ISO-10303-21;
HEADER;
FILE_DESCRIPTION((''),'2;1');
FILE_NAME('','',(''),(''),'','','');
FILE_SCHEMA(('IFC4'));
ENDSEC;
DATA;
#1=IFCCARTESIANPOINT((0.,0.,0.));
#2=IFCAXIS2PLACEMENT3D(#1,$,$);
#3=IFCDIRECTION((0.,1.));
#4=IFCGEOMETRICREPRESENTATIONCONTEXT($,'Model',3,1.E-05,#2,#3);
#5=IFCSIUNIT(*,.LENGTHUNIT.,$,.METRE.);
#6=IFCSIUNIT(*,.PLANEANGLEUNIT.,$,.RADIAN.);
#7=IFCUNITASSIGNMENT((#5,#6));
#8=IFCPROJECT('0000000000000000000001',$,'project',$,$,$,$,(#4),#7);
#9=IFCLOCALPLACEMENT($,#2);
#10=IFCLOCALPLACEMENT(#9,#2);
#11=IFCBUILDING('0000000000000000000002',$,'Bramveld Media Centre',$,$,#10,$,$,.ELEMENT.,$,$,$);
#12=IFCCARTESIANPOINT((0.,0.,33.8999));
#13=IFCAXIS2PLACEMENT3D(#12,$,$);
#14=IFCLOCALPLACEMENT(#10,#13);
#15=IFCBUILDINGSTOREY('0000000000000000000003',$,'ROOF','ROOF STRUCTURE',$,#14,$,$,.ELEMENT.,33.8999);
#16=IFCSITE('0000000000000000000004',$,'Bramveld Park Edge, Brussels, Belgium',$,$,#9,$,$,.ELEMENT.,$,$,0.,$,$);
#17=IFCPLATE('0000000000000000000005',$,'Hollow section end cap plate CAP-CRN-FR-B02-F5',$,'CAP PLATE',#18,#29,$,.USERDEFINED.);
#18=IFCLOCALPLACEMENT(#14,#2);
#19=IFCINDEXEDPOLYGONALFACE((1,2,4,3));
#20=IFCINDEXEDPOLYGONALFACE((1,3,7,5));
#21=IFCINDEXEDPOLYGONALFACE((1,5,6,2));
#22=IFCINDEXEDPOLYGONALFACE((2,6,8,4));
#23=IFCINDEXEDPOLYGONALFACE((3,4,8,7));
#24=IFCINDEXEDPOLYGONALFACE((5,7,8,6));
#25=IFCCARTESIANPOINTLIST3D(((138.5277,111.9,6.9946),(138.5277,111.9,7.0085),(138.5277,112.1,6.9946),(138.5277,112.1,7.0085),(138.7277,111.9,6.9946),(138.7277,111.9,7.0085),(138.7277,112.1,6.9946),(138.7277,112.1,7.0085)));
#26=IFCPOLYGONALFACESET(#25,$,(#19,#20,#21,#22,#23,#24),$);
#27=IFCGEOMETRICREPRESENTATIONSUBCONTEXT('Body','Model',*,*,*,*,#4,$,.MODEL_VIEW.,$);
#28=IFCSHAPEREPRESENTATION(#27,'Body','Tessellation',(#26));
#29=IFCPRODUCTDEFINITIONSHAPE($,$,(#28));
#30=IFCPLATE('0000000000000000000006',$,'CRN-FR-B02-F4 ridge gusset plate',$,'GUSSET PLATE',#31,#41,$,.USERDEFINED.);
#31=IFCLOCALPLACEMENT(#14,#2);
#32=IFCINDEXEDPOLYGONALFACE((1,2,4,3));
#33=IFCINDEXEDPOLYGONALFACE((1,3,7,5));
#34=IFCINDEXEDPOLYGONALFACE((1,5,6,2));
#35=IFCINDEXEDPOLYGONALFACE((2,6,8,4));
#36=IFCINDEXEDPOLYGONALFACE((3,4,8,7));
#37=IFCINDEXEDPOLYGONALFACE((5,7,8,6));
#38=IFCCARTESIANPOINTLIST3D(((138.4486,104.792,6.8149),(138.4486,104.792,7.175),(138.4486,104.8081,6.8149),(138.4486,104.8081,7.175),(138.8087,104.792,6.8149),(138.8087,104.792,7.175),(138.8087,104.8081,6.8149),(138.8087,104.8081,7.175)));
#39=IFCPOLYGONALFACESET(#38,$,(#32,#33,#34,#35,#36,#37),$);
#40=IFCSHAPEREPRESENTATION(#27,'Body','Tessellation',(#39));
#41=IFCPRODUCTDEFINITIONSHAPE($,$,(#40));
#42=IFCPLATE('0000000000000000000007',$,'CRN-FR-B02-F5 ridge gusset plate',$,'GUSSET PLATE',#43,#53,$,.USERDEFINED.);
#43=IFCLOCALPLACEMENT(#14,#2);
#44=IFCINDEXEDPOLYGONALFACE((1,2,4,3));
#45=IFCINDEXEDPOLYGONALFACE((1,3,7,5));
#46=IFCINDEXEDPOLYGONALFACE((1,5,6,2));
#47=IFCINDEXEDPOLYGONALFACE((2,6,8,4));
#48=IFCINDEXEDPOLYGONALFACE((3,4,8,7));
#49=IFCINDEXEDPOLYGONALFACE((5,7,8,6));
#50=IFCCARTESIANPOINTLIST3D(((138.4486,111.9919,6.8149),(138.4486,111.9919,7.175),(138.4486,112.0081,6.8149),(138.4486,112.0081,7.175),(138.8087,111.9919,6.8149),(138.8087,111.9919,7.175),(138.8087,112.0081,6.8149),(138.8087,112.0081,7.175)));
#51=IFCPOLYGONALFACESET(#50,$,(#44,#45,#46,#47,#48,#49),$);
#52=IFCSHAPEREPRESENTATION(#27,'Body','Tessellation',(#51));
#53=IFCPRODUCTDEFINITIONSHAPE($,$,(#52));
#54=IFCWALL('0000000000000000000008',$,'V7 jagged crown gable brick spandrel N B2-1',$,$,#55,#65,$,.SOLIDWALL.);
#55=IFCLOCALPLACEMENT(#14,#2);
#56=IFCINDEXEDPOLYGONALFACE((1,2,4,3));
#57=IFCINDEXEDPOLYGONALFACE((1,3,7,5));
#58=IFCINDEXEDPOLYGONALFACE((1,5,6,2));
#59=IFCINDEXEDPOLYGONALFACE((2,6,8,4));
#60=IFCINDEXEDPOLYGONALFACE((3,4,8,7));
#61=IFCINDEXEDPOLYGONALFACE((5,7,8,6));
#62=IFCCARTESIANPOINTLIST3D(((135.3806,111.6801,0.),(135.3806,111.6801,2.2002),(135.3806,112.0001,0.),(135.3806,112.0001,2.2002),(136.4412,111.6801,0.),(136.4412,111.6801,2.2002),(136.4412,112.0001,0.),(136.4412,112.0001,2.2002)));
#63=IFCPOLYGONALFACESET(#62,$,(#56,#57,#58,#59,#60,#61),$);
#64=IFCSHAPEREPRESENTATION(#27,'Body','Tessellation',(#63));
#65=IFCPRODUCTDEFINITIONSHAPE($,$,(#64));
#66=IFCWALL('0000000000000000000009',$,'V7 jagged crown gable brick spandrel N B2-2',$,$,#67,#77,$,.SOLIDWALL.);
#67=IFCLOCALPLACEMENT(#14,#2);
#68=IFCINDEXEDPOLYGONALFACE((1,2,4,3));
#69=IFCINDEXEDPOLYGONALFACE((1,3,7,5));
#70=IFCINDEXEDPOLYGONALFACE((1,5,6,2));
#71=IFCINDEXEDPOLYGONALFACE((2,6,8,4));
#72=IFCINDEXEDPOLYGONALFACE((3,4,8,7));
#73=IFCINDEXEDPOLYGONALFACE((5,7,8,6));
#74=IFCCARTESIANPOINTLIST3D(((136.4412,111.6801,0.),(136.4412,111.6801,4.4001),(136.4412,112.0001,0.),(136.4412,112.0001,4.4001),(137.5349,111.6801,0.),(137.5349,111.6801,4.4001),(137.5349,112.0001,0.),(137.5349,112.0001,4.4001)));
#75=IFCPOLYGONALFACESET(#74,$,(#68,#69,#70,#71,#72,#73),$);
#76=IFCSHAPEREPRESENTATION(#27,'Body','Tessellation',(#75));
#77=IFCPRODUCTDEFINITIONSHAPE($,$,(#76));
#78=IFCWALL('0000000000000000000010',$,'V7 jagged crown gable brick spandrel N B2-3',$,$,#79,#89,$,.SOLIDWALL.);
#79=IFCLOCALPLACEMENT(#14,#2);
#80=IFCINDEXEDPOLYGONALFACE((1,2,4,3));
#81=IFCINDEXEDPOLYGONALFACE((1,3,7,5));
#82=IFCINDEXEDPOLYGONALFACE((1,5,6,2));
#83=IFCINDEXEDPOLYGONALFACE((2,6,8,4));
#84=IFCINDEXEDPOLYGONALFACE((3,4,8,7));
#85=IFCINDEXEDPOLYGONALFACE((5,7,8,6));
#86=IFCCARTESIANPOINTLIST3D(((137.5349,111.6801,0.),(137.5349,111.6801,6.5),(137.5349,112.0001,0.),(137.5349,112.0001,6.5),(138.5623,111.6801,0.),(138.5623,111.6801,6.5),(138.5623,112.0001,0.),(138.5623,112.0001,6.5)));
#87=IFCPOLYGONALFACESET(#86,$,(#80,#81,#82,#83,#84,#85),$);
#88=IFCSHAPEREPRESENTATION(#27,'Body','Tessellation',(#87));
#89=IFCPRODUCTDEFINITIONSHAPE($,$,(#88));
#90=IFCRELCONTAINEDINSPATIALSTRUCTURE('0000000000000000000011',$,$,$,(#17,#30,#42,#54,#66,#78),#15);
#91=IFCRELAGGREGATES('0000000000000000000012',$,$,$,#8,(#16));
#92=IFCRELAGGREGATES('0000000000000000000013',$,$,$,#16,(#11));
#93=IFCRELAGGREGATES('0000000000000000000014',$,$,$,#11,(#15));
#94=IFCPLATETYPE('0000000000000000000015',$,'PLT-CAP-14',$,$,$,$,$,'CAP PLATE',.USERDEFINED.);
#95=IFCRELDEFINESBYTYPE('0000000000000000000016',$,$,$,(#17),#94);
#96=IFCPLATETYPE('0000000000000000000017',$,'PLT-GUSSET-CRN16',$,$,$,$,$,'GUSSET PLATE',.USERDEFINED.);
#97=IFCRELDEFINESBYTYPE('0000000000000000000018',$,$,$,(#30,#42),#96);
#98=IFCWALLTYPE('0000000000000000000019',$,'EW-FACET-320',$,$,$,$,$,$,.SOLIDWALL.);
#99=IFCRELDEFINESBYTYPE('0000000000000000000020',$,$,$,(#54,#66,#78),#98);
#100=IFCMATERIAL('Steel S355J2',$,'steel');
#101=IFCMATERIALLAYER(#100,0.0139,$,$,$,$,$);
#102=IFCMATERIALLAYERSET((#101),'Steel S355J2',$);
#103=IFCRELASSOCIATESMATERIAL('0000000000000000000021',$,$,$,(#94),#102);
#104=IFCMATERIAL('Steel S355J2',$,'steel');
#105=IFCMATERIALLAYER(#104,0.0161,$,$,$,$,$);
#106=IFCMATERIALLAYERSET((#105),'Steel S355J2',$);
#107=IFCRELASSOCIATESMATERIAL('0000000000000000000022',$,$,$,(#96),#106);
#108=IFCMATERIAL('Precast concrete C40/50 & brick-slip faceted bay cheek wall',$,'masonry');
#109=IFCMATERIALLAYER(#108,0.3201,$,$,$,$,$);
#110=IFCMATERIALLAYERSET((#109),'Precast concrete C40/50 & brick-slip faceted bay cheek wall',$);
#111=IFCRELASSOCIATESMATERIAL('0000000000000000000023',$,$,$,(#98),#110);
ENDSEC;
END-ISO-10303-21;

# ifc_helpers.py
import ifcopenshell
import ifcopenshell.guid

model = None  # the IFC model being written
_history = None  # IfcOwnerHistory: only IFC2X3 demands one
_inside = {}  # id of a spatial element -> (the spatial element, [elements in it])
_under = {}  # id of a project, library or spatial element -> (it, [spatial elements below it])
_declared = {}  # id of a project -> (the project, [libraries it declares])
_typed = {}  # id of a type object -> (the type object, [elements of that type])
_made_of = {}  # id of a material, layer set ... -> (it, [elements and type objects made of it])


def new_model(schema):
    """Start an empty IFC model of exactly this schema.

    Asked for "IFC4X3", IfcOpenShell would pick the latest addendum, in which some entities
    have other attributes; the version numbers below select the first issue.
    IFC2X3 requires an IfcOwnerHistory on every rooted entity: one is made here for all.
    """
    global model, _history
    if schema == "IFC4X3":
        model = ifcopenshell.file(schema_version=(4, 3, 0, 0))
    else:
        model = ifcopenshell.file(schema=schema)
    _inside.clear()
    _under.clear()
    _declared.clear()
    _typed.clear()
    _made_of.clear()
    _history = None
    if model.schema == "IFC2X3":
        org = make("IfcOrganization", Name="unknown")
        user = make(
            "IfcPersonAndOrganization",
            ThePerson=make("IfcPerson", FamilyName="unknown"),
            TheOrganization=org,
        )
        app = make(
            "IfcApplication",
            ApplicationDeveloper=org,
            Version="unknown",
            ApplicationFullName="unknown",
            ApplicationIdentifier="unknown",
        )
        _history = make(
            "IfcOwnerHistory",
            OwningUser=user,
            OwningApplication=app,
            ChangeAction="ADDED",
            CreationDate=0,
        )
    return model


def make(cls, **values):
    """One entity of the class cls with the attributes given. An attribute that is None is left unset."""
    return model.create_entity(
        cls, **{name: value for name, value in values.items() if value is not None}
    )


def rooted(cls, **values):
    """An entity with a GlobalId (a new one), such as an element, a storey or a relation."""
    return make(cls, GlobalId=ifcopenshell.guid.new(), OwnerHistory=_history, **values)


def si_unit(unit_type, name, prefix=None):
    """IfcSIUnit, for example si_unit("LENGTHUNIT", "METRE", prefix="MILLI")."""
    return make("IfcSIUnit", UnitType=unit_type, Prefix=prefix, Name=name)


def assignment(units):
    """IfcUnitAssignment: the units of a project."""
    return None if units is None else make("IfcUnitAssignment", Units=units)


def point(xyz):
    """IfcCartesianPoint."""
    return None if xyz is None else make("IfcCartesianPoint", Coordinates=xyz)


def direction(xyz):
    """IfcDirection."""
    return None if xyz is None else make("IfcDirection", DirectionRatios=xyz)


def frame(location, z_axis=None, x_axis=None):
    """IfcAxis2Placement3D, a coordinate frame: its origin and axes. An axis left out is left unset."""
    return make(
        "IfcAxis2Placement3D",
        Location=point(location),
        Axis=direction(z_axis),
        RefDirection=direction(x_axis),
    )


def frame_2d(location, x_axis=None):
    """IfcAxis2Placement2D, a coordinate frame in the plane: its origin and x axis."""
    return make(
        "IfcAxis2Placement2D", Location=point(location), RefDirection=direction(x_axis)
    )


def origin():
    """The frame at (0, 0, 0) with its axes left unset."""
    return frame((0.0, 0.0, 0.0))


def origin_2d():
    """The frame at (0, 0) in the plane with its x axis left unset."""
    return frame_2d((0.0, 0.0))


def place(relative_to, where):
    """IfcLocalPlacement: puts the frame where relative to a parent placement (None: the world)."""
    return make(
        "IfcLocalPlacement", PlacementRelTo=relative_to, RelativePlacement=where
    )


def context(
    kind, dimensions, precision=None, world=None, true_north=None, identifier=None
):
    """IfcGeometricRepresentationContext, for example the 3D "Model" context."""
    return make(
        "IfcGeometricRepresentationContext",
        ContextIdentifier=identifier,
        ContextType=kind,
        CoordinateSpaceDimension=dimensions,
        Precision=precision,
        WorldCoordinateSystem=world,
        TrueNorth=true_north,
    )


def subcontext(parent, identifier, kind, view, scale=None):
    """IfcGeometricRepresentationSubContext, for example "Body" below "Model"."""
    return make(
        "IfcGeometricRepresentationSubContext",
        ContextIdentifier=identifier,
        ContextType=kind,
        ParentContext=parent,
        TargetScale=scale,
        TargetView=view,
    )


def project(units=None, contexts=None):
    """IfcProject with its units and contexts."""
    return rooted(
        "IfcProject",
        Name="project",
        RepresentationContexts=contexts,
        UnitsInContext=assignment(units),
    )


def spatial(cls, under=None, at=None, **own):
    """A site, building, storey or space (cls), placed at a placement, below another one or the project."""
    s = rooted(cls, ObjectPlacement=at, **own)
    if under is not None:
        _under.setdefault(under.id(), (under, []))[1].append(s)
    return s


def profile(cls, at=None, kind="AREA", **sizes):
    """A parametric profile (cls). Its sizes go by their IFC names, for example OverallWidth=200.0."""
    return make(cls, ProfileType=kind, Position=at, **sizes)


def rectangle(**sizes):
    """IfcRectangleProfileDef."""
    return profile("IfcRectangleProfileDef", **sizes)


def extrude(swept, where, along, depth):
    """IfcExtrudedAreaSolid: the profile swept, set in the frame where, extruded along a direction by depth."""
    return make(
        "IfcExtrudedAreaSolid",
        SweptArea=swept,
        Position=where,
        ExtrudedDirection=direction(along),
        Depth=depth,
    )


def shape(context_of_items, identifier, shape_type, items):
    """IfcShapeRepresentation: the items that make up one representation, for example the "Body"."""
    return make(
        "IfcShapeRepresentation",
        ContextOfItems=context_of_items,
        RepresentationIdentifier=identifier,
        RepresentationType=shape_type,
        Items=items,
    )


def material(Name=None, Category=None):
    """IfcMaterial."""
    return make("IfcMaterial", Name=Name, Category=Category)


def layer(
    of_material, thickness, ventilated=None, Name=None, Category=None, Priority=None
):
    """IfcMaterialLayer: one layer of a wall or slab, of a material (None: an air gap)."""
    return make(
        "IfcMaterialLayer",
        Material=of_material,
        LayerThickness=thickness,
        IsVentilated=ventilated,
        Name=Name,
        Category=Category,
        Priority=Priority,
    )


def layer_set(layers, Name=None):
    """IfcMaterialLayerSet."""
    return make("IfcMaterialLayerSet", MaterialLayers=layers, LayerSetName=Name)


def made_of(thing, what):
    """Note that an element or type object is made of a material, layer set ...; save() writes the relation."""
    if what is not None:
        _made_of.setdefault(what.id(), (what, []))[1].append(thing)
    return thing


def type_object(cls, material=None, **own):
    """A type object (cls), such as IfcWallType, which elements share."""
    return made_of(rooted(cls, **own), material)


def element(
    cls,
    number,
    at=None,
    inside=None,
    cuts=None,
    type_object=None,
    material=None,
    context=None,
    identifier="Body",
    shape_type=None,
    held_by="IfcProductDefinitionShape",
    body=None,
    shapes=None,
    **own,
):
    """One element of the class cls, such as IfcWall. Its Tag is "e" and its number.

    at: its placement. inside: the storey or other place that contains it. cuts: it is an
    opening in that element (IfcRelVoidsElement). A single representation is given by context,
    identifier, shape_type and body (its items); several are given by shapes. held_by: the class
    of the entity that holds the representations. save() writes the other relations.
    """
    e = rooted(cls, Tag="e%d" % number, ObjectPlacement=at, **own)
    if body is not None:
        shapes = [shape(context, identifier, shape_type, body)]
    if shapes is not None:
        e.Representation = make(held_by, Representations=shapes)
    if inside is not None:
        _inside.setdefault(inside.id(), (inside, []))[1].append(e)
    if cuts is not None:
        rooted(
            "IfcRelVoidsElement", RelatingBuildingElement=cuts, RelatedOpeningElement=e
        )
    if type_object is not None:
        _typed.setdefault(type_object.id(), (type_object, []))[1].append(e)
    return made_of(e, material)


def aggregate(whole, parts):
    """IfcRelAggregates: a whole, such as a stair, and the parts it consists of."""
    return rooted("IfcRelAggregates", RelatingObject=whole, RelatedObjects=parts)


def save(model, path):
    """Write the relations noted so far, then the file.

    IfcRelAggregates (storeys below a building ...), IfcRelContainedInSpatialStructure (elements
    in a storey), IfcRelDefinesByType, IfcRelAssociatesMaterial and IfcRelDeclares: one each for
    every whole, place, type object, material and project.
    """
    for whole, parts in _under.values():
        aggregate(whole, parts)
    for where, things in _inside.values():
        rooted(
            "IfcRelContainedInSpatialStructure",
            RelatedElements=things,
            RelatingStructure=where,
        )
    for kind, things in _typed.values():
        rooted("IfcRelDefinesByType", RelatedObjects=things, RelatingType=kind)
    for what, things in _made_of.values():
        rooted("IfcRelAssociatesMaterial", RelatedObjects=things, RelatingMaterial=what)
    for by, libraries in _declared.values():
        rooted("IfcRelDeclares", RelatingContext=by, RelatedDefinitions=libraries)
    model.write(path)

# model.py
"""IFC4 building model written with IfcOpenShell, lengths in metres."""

from ifc_helpers import new_model, si_unit, direction, frame, frame_2d, origin, origin_2d, place, context, subcontext, project, spatial, rectangle, extrude, material, layer, layer_set, type_object, element, save


model = new_model("IFC4")

# Units and contexts
model_context = context("Model", 3, precision=1e-05, world=origin(), true_north=direction((0.0, 1.0)))
body_context = subcontext(model_context, "Body", "Model", "MODEL_VIEW")
ifc_project = project(units=[si_unit("LENGTHUNIT", "METRE"), si_unit("PLANEANGLEUNIT", "RADIAN")], contexts=[model_context])

# Site, building, storey
site_placement = place(None, origin())
site = spatial("IfcSite", under=ifc_project, at=site_placement, Name="Bramveld Park Edge, Brussels, Belgium", CompositionType="ELEMENT", RefElevation=0.0)
building_placement = place(site_placement, origin())
building = spatial("IfcBuilding", under=site, at=building_placement, Name="Bramveld Media Centre", CompositionType="ELEMENT")
storey_placement = place(building_placement, frame((0.0, 0.0, 33.8999)))
storey = spatial("IfcBuildingStorey", under=building, at=storey_placement, Name="ROOF", Description="ROOF STRUCTURE", CompositionType="ELEMENT", Elevation=33.8999)

# Plates
ifc_material_1 = material(Name="Steel S355J2", Category="steel")
ifc_layer_1 = layer(ifc_material_1, 0.0139)
ifc_layer_set_1 = layer_set([ifc_layer_1], Name="Steel S355J2")
plate_type_1 = type_object("IfcPlateType", Name="PLT-CAP-14", ElementType="CAP PLATE", PredefinedType="USERDEFINED", material=ifc_layer_set_1)
for number, where, z_axis, x_axis, name in (
    (1, (138.6277, 112.0, 6.9946), (0.0, 0.0, 1.0), (1.0, 0.0, 0.0), "Hollow section end cap plate CAP-CRN-FR-B02-F5"),
):
    element("IfcPlate", number, at=place(storey_placement, frame(where, z_axis=z_axis, x_axis=x_axis)), inside=storey, type_object=plate_type_1, Name=name, ObjectType="CAP PLATE", PredefinedType="USERDEFINED", context=body_context, shape_type="SweptSolid", body=[
        extrude(rectangle(XDim=0.2, YDim=0.2, at=origin_2d()), origin(), (0.0, 0.0, 1.0), 0.0139),
    ])
ifc_material_2 = material(Name="Steel S355J2", Category="steel")
ifc_layer_2 = layer(ifc_material_2, 0.0161)
ifc_layer_set_2 = layer_set([ifc_layer_2], Name="Steel S355J2")
plate_type_2 = type_object("IfcPlateType", Name="PLT-GUSSET-CRN16", ElementType="GUSSET PLATE", PredefinedType="USERDEFINED", material=ifc_layer_set_2)
for number, where, z_axis, x_axis, name in (
    (2, (138.6287, 104.8, 6.8149), (0.0, 0.0, 1.0), (1.0, 0.0, 0.0), "CRN-FR-B02-F4 ridge gusset plate"),
    (3, (138.6287, 112.0, 6.8149), (0.0, 0.0, 1.0), (1.0, 0.0, 0.0), "CRN-FR-B02-F5 ridge gusset plate"),
):
    element("IfcPlate", number, at=place(storey_placement, frame(where, z_axis=z_axis, x_axis=x_axis)), inside=storey, type_object=plate_type_2, Name=name, ObjectType="GUSSET PLATE", PredefinedType="USERDEFINED", context=body_context, shape_type="SweptSolid", body=[
        extrude(rectangle(XDim=0.3601, YDim=0.0161, at=origin_2d()), origin(), (0.0, 0.0, 1.0), 0.3601),
    ])

# Walls
ifc_material_3 = material(Name="Precast concrete C40/50 & brick-slip faceted bay cheek wall", Category="masonry")
ifc_layer_3 = layer(ifc_material_3, 0.3201)
ifc_layer_set_3 = layer_set([ifc_layer_3], Name="Precast concrete C40/50 & brick-slip faceted bay cheek wall")
wall_type = type_object("IfcWallType", Name="EW-FACET-320", PredefinedType="SOLIDWALL", material=ifc_layer_set_3)
wall_1_placement = place(storey_placement, frame((135.3806, 111.8401, 0.0), z_axis=(0.0, 0.0, 1.0), x_axis=(1.0, 0.0, 0.0)))
element("IfcWall", 4, at=wall_1_placement, inside=storey, type_object=wall_type, Name="V7 jagged crown gable brick spandrel N B2-1", PredefinedType="SOLIDWALL", context=body_context, shape_type="SweptSolid", body=[
    extrude(rectangle(XDim=1.0605, YDim=0.3201, at=frame_2d((0.5303, 0.0))), origin(), (0.0, 0.0, 1.0), 2.2002),
])
wall_2_placement = place(storey_placement, frame((136.4412, 111.8401, 0.0), z_axis=(0.0, 0.0, 1.0), x_axis=(1.0, 0.0, 0.0)))
element("IfcWall", 5, at=wall_2_placement, inside=storey, type_object=wall_type, Name="V7 jagged crown gable brick spandrel N B2-2", PredefinedType="SOLIDWALL", context=body_context, shape_type="SweptSolid", body=[
    extrude(rectangle(XDim=1.0938, YDim=0.3201, at=frame_2d((0.5469, 0.0))), origin(), (0.0, 0.0, 1.0), 4.4001),
])
wall_3_placement = place(storey_placement, frame((137.5349, 111.8401, 0.0), z_axis=(0.0, 0.0, 1.0), x_axis=(1.0, 0.0, 0.0)))
element("IfcWall", 6, at=wall_3_placement, inside=storey, type_object=wall_type, Name="V7 jagged crown gable brick spandrel N B2-3", PredefinedType="SOLIDWALL", context=body_context, shape_type="SweptSolid", body=[
    extrude(rectangle(XDim=1.0273, YDim=0.3201, at=frame_2d((0.5137, 0.0))), origin(), (0.0, 0.0, 1.0), 6.5),
])

save(model, "model.ifc")
